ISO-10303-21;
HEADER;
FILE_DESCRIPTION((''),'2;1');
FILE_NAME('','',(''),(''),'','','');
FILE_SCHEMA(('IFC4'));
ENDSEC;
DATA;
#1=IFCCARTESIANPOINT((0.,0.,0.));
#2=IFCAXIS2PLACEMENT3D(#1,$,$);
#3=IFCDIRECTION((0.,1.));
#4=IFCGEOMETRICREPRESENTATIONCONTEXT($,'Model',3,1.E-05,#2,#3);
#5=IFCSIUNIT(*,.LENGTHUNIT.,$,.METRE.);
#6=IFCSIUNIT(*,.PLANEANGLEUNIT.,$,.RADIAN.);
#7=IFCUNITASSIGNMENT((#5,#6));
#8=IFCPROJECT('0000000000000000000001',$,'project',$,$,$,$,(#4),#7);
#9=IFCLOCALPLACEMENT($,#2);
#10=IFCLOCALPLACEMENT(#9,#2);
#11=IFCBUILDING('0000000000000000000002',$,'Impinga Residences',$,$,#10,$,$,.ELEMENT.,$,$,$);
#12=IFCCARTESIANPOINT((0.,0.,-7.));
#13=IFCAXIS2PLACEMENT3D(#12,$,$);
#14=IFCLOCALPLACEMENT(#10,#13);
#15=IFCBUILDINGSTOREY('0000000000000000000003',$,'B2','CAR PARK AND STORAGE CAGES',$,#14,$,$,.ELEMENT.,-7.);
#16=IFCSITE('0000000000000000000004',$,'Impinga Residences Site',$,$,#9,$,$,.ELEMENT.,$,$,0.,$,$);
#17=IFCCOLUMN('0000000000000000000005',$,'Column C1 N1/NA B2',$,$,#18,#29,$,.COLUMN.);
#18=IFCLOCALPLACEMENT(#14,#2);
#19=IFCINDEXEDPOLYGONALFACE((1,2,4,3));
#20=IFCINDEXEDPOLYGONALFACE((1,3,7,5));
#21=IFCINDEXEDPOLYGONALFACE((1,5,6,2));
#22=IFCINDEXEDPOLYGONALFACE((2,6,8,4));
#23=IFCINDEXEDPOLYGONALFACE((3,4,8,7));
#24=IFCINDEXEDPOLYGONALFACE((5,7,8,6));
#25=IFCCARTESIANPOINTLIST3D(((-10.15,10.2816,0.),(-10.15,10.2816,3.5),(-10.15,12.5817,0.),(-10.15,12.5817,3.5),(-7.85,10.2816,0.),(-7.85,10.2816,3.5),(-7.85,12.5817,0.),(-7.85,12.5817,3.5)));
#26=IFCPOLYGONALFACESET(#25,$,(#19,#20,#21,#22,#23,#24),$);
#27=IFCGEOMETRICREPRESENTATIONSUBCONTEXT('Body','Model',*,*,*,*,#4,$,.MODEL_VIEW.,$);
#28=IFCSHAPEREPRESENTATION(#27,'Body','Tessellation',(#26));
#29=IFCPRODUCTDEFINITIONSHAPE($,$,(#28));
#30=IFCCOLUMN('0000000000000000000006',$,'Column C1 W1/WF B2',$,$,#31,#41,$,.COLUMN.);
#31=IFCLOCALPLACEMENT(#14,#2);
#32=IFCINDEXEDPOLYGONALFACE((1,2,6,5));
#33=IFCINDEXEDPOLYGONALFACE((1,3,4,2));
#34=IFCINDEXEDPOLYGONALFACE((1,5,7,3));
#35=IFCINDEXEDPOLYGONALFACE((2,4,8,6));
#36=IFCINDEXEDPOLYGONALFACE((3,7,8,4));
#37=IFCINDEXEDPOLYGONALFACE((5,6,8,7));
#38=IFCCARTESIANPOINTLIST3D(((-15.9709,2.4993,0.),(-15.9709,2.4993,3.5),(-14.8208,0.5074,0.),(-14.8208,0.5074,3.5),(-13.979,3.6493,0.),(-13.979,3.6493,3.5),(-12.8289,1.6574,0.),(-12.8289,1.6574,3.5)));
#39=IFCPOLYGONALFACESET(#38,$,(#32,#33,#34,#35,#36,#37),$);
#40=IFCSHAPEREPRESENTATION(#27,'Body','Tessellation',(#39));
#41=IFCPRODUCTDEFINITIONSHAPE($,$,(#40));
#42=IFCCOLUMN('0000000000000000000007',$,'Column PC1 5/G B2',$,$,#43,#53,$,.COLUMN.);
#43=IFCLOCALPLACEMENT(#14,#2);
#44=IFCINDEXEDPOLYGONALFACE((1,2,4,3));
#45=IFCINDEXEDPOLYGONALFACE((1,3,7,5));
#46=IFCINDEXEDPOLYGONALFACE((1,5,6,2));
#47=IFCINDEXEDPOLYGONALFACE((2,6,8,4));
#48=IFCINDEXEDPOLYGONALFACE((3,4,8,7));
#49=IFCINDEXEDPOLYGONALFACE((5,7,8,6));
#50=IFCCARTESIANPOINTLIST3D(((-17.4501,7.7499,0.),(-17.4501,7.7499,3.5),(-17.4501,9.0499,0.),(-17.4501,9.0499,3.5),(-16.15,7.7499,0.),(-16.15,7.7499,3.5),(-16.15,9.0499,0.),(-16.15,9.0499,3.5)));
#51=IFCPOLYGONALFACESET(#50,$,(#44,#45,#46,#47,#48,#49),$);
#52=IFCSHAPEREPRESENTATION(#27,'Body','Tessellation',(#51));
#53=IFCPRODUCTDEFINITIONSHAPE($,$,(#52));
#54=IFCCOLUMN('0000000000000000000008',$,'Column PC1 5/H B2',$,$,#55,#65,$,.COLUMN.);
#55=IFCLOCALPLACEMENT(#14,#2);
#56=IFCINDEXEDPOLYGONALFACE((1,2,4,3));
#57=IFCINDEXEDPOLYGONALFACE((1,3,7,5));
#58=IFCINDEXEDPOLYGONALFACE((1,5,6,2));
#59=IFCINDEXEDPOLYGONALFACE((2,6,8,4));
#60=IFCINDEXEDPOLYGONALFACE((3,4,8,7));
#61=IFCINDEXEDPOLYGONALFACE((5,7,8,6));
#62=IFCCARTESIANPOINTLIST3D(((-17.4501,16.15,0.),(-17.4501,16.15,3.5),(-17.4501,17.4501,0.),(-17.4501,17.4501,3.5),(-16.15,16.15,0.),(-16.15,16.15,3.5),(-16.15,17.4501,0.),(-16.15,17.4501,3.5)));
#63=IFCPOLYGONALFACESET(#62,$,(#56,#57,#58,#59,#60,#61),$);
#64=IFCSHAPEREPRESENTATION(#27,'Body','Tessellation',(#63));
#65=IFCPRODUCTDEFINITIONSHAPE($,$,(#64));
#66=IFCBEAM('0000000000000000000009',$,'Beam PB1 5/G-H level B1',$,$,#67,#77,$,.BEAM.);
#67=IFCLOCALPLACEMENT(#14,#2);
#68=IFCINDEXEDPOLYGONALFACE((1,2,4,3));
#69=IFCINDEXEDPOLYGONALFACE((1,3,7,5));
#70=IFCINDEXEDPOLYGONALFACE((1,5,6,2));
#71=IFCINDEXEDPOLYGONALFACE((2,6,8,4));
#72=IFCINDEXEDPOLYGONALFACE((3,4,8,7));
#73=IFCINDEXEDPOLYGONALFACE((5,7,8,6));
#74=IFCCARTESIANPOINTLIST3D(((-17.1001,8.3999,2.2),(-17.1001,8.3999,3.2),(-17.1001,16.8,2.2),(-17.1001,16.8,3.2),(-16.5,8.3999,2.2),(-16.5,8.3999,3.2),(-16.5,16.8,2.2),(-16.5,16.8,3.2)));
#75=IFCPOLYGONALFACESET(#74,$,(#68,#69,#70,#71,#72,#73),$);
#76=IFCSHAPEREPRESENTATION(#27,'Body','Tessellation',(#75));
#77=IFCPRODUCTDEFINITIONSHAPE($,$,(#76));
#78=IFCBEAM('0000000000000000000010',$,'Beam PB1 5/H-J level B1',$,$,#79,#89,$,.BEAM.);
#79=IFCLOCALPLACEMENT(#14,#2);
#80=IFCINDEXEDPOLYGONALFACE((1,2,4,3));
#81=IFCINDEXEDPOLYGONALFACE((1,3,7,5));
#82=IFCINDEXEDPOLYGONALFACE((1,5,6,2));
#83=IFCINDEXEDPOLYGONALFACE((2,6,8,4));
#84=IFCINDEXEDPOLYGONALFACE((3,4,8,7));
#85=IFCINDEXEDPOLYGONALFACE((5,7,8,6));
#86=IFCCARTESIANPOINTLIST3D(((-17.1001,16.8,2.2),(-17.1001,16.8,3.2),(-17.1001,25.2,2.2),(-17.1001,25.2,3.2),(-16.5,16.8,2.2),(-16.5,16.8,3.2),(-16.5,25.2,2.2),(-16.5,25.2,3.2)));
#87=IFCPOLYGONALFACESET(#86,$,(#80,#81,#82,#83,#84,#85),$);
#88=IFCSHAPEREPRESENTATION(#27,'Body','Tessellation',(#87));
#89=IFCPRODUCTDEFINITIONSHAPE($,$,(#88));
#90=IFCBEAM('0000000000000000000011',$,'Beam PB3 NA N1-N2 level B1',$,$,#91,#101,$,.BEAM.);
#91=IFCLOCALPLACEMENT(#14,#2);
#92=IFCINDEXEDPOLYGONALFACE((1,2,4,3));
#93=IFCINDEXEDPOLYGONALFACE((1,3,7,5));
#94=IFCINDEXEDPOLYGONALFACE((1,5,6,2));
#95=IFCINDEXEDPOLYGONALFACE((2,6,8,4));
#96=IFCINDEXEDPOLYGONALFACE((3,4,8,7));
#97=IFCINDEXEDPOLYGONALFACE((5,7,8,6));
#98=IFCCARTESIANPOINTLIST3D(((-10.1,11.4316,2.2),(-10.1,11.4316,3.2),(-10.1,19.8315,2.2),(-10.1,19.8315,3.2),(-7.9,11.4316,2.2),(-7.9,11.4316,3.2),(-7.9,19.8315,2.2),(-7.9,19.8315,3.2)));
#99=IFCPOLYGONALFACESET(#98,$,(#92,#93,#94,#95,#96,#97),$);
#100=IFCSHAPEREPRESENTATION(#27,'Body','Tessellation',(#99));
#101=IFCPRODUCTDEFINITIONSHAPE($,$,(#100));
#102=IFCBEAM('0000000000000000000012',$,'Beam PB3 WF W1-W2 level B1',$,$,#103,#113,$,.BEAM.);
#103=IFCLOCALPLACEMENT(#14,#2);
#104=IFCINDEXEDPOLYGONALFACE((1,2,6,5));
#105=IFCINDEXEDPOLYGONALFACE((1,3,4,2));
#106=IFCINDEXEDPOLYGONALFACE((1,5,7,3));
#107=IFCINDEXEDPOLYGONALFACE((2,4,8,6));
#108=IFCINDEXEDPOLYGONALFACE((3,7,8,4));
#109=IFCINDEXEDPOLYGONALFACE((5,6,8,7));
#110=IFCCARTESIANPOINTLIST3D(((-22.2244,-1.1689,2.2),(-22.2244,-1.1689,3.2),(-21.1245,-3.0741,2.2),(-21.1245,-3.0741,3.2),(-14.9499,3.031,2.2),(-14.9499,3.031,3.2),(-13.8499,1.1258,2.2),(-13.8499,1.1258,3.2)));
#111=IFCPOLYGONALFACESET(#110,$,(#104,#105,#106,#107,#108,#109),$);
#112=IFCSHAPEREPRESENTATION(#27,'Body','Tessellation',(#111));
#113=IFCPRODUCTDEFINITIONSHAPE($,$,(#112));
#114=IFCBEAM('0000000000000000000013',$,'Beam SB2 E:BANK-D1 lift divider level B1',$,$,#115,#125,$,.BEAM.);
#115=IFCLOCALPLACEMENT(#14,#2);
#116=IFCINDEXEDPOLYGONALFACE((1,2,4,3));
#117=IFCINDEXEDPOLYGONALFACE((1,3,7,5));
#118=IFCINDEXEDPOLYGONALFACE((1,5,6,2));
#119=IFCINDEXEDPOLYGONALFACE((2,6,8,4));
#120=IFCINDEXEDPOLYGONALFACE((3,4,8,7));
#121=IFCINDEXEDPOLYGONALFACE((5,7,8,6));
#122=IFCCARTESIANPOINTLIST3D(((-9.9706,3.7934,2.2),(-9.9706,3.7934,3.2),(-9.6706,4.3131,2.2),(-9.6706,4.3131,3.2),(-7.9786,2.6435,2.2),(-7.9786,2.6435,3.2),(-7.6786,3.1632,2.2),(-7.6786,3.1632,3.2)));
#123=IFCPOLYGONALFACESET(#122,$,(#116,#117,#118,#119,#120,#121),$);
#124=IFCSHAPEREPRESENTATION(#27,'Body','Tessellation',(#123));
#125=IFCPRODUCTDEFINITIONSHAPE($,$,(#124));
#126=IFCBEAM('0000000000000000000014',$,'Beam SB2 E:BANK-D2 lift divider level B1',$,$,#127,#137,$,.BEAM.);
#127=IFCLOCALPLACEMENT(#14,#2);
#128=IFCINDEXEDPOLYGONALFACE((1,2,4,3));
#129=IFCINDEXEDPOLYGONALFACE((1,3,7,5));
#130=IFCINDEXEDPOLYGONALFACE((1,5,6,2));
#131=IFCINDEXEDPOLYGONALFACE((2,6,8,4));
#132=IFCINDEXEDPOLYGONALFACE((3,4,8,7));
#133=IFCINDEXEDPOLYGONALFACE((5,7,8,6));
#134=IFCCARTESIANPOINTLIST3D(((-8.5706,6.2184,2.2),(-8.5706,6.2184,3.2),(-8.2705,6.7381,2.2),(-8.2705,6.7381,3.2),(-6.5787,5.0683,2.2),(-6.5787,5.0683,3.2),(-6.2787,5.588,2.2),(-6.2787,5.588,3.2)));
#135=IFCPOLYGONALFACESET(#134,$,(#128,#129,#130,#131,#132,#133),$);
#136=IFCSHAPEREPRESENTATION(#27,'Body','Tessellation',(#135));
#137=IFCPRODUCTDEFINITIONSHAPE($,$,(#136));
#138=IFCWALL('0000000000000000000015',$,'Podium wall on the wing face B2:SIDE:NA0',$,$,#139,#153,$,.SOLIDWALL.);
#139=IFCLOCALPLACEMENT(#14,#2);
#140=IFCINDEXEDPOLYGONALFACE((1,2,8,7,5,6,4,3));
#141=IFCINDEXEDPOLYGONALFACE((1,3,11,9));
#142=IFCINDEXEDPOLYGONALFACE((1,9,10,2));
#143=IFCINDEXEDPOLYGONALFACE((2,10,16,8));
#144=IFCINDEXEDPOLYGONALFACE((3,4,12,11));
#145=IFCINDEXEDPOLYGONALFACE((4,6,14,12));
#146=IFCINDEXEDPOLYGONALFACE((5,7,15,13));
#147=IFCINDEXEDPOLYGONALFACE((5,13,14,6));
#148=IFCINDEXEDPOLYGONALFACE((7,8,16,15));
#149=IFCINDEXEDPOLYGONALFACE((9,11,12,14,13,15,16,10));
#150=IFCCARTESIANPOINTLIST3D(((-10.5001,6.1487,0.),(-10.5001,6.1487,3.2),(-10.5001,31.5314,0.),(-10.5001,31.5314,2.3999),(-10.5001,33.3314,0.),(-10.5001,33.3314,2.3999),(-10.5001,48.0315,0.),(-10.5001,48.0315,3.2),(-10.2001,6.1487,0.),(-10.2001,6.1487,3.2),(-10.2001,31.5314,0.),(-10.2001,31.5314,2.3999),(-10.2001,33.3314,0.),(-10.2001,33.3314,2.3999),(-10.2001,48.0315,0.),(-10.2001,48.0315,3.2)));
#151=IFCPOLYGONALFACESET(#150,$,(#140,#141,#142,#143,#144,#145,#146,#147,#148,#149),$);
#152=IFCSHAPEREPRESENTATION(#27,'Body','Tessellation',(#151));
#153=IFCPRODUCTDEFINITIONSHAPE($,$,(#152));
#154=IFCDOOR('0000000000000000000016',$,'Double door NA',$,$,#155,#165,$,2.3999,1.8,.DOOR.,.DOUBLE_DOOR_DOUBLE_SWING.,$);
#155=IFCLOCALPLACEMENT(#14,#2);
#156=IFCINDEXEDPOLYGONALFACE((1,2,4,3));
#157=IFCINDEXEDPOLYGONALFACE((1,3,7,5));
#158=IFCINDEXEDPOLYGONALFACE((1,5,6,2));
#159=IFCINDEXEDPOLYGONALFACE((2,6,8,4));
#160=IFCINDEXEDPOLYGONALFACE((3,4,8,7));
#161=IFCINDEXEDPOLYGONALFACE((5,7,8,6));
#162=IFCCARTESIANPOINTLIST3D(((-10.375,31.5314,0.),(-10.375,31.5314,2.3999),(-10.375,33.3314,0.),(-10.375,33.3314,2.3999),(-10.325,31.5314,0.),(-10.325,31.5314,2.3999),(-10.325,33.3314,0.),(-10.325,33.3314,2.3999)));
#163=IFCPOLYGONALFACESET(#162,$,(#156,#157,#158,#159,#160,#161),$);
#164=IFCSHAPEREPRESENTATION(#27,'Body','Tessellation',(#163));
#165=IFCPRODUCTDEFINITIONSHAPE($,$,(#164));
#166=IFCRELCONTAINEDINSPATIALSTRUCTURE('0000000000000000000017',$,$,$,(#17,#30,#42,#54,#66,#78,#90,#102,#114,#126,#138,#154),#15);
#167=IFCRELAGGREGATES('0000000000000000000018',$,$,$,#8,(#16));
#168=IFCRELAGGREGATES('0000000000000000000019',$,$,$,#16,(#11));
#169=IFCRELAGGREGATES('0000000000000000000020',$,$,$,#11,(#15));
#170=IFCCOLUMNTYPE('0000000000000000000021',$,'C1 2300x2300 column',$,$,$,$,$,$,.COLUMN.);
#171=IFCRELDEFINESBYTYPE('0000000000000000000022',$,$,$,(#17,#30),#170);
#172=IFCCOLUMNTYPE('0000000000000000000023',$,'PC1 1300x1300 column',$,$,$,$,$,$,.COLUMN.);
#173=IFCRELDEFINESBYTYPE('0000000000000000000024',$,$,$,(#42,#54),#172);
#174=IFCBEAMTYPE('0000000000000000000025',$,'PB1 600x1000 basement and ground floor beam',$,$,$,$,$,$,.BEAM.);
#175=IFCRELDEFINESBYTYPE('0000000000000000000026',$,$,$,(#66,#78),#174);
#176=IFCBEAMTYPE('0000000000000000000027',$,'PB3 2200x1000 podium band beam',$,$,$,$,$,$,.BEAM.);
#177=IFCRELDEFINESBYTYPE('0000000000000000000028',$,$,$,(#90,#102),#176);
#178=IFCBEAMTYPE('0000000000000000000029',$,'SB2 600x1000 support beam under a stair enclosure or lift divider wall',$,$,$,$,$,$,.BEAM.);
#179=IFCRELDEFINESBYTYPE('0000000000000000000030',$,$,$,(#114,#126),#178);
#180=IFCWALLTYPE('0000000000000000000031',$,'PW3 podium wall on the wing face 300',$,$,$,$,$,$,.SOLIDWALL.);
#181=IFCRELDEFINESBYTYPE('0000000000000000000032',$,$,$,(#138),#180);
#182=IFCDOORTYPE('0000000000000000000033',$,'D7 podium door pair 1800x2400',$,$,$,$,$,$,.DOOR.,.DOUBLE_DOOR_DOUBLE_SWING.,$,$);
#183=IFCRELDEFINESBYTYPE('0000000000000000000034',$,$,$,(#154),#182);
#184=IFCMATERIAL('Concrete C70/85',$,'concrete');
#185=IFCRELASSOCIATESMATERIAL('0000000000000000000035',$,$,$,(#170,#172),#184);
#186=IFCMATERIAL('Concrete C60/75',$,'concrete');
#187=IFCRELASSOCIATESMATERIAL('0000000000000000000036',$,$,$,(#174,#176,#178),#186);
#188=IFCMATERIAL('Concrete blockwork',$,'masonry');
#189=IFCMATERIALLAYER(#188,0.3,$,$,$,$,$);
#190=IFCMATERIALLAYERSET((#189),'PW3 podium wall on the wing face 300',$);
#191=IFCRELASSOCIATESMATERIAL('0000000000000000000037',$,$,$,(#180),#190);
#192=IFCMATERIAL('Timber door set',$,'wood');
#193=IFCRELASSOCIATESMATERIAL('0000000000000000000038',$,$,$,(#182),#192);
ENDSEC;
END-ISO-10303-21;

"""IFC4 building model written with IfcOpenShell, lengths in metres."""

from ifc_helpers import new_model, si_unit, direction, frame, frame_2d, origin, origin_2d, place, context, subcontext, project, spatial, rectangle, extrude, material, layer, layer_set, material_profile, profile_set, type_object, element, fill, save


model = new_model("IFC4")

# Units and contexts
model_context = context("Model", 3, precision=1e-05, world=origin(), true_north=direction((0.0, 1.0)))
body_context = subcontext(model_context, "Body", "Model", "MODEL_VIEW")
ifc_project = project(units=[si_unit("LENGTHUNIT", "METRE"), si_unit("PLANEANGLEUNIT", "RADIAN")], contexts=[model_context])

# Site, building, storey
site_placement = place(None, origin())
site = spatial("IfcSite", under=ifc_project, at=site_placement, Name="Impinga Residences Site", CompositionType="ELEMENT", RefElevation=0.0)
building_placement = place(site_placement, origin())
building = spatial("IfcBuilding", under=site, at=building_placement, Name="Impinga Residences", CompositionType="ELEMENT")
storey_placement = place(building_placement, frame((0.0, 0.0, -7.0)))
storey = spatial("IfcBuildingStorey", under=building, at=storey_placement, Name="B2", Description="CAR PARK AND STORAGE CAGES", CompositionType="ELEMENT", Elevation=-7.0)

# Columns
ifc_material_1 = material(Name="Concrete C70/85", Category="concrete")
ifc_material_profile_1 = material_profile(ifc_material_1, rectangle(XDim=2.3, YDim=2.3, at=origin_2d()), Name="RC 2300x2300")
ifc_profile_set_1 = profile_set([ifc_material_profile_1], Name="Concrete C70/85")
column_type_1 = type_object("IfcColumnType", Name="C1 2300x2300 column", PredefinedType="COLUMN", material=ifc_profile_set_1)
for number, where, z_axis, x_axis, name in (
    (1, (-9.0, 11.4316, 0.0), (0.0, 0.0, 1.0), (1.0, 0.0, 0.0), "Column C1 N1/NA B2"),
    (2, (-14.3999, 2.0784, 0.0), (0.0, 0.0, 1.0), (-0.5, 0.866025, 0.0), "Column C1 W1/WF B2"),
):
    element("IfcColumn", number, at=place(storey_placement, frame(where, z_axis=z_axis, x_axis=x_axis)), inside=storey, type_object=column_type_1, Name=name, PredefinedType="COLUMN", context=body_context, shape_type="SweptSolid", body=[
        extrude(rectangle(XDim=2.3, YDim=2.3, at=origin_2d()), origin(), (0.0, 0.0, 1.0), 3.5),
    ])
ifc_material_profile_2 = material_profile(ifc_material_1, rectangle(XDim=1.3, YDim=1.3, at=origin_2d()), Name="RC 1300x1300")
ifc_profile_set_2 = profile_set([ifc_material_profile_2], Name="Concrete C70/85")
column_type_2 = type_object("IfcColumnType", Name="PC1 1300x1300 column", PredefinedType="COLUMN", material=ifc_profile_set_2)
for number, where, z_axis, x_axis, name in (
    (3, (-16.8, 8.3999, 0.0), (0.0, 0.0, 1.0), (1.0, 0.0, 0.0), "Column PC1 5/G B2"),
    (4, (-16.8, 16.8, 0.0), (0.0, 0.0, 1.0), (1.0, 0.0, 0.0), "Column PC1 5/H B2"),
):
    element("IfcColumn", number, at=place(storey_placement, frame(where, z_axis=z_axis, x_axis=x_axis)), inside=storey, type_object=column_type_2, Name=name, PredefinedType="COLUMN", context=body_context, shape_type="SweptSolid", body=[
        extrude(rectangle(XDim=1.3, YDim=1.3, at=origin_2d()), origin(), (0.0, 0.0, 1.0), 3.5),
    ])

# Beams
ifc_material_2 = material(Name="Concrete C60/75", Category="concrete")
ifc_material_profile_3 = material_profile(ifc_material_2, rectangle(XDim=0.6001, YDim=1.0, at=origin_2d()), Name="RC 600x1000")
ifc_profile_set_3 = profile_set([ifc_material_profile_3], Name="Concrete C60/75")
beam_type_1 = type_object("IfcBeamType", Name="PB1 600x1000 basement and ground floor beam", PredefinedType="BEAM", material=ifc_profile_set_3)
beam_1_placement = place(storey_placement, frame((-16.8, 8.3999, 2.7), z_axis=(0.0, 1.0, 0.0), x_axis=(-1.0, 0.0, 0.0)))
element("IfcBeam", 5, at=beam_1_placement, inside=storey, type_object=beam_type_1, Name="Beam PB1 5/G-H level B1", PredefinedType="BEAM", context=body_context, shape_type="SweptSolid", body=[
    extrude(rectangle(XDim=0.6001, YDim=1.0, at=origin_2d()), origin(), (0.0, 0.0, 1.0), 8.4001),
])
beam_2_placement = place(storey_placement, frame((-16.8, 16.8, 2.7), z_axis=(0.0, 1.0, 0.0), x_axis=(-1.0, 0.0, 0.0)))
element("IfcBeam", 6, at=beam_2_placement, inside=storey, type_object=beam_type_1, Name="Beam PB1 5/H-J level B1", PredefinedType="BEAM", context=body_context, shape_type="SweptSolid", body=[
    extrude(rectangle(XDim=0.6001, YDim=1.0, at=origin_2d()), origin(), (0.0, 0.0, 1.0), 8.3999),
])
ifc_material_profile_4 = material_profile(ifc_material_2, rectangle(XDim=2.2, YDim=1.0, at=origin_2d()), Name="RC 2200x1000")
ifc_profile_set_4 = profile_set([ifc_material_profile_4], Name="Concrete C60/75")
beam_type_2 = type_object("IfcBeamType", Name="PB3 2200x1000 podium band beam", PredefinedType="BEAM", material=ifc_profile_set_4)
for number, where, z_axis, x_axis, name in (
    (7, (-9.0, 11.4316, 2.7), (0.0, 1.0, 0.0), (-1.0, 0.0, 0.0), "Beam PB3 NA N1-N2 level B1"),
    (8, (-14.3999, 2.0784, 2.7), (-0.866029, -0.499993, 0.0), (0.499993, -0.866029, 0.0), "Beam PB3 WF W1-W2 level B1"),
):
    element("IfcBeam", number, at=place(storey_placement, frame(where, z_axis=z_axis, x_axis=x_axis)), inside=storey, type_object=beam_type_2, Name=name, PredefinedType="BEAM", context=body_context, shape_type="SweptSolid", body=[
        extrude(rectangle(XDim=2.2, YDim=1.0, at=origin_2d()), origin(), (0.0, 0.0, 1.0), 8.3999),
    ])
ifc_material_profile_5 = material_profile(ifc_material_2, rectangle(XDim=0.6001, YDim=1.0, at=origin_2d()), Name="RC 600x1000")
ifc_profile_set_5 = profile_set([ifc_material_profile_5], Name="Concrete C60/75")
beam_type_3 = type_object("IfcBeamType", Name="SB2 600x1000 support beam under a stair enclosure or lift divider wall", PredefinedType="BEAM", material=ifc_profile_set_5)
for number, where, z_axis, x_axis, name in (
    (9, (-7.8286, 2.9033, 2.7), (-0.866053, 0.499952, 0.0), (-0.499952, -0.866053, 0.0), "Beam SB2 E:BANK-D1 lift divider level B1"),
    (10, (-6.4287, 5.3281, 2.7), (-0.866007, 0.500032, 0.0), (-0.500032, -0.866007, 0.0), "Beam SB2 E:BANK-D2 lift divider level B1"),
):
    element("IfcBeam", number, at=place(storey_placement, frame(where, z_axis=z_axis, x_axis=x_axis)), inside=storey, type_object=beam_type_3, Name=name, PredefinedType="BEAM", context=body_context, shape_type="SweptSolid", body=[
        extrude(rectangle(XDim=0.6001, YDim=1.0, at=origin_2d()), origin(), (0.0, 0.0, 1.0), 2.3),
    ])

# Wall, opening, door
ifc_material_3 = material(Name="Concrete blockwork", Category="masonry")
ifc_layer = layer(ifc_material_3, 0.3)
ifc_layer_set = layer_set([ifc_layer], Name="PW3 podium wall on the wing face 300")
wall_type = type_object("IfcWallType", Name="PW3 podium wall on the wing face 300", PredefinedType="SOLIDWALL", material=ifc_layer_set)
wall_1_placement = place(storey_placement, frame((-10.3501, 6.1487, 0.0), z_axis=(0.0, 0.0, 1.0), x_axis=(0.0, 1.0, 0.0)))
wall_1 = element("IfcWall", 11, at=wall_1_placement, inside=storey, type_object=wall_type, Name="Podium wall on the wing face B2:SIDE:NA0", PredefinedType="SOLIDWALL", context=body_context, shape_type="SweptSolid", body=[
    extrude(rectangle(XDim=41.8828, YDim=0.3, at=frame_2d((20.9414, 0.0))), origin(), (0.0, 0.0, 1.0), 3.2),
])
opening_1_placement = place(wall_1_placement, frame((25.3828, 0.0, 0.0)))
opening_1 = element("IfcOpeningElement", 12, at=opening_1_placement, cuts=wall_1, PredefinedType="OPENING", context=body_context, shape_type="SweptSolid", body=[
    extrude(rectangle(XDim=1.8, YDim=2.3999, at=frame_2d((0.8999, 1.2))), frame((0.0, 0.1599, 0.0), z_axis=(0.0, -1.0, 0.0), x_axis=(1.0, 0.0, 0.0)), (0.0, 0.0, 1.0), 0.3201),
])
ifc_material_4 = material(Name="Timber door set", Category="wood")
door_type = type_object("IfcDoorType", Name="D7 podium door pair 1800x2400", OperationType="DOUBLE_DOOR_DOUBLE_SWING", PredefinedType="DOOR", material=ifc_material_4)
door_1_placement = place(opening_1_placement, origin())
door_1 = element("IfcDoor", 13, at=door_1_placement, inside=storey, type_object=door_type, Name="Double door NA", OperationType="DOUBLE_DOOR_DOUBLE_SWING", OverallHeight=2.3999, OverallWidth=1.8, PredefinedType="DOOR", context=body_context, shape_type="SweptSolid", body=[
    extrude(rectangle(XDim=1.8, YDim=2.3999, at=frame_2d((0.8999, 1.2))), frame((0.0, 0.0249, 0.0), z_axis=(0.0, -1.0, 0.0), x_axis=(1.0, 0.0, 0.0)), (0.0, 0.0, 1.0), 0.05),
])
fill(opening_1, door_1)

save(model, "model.ifc")
